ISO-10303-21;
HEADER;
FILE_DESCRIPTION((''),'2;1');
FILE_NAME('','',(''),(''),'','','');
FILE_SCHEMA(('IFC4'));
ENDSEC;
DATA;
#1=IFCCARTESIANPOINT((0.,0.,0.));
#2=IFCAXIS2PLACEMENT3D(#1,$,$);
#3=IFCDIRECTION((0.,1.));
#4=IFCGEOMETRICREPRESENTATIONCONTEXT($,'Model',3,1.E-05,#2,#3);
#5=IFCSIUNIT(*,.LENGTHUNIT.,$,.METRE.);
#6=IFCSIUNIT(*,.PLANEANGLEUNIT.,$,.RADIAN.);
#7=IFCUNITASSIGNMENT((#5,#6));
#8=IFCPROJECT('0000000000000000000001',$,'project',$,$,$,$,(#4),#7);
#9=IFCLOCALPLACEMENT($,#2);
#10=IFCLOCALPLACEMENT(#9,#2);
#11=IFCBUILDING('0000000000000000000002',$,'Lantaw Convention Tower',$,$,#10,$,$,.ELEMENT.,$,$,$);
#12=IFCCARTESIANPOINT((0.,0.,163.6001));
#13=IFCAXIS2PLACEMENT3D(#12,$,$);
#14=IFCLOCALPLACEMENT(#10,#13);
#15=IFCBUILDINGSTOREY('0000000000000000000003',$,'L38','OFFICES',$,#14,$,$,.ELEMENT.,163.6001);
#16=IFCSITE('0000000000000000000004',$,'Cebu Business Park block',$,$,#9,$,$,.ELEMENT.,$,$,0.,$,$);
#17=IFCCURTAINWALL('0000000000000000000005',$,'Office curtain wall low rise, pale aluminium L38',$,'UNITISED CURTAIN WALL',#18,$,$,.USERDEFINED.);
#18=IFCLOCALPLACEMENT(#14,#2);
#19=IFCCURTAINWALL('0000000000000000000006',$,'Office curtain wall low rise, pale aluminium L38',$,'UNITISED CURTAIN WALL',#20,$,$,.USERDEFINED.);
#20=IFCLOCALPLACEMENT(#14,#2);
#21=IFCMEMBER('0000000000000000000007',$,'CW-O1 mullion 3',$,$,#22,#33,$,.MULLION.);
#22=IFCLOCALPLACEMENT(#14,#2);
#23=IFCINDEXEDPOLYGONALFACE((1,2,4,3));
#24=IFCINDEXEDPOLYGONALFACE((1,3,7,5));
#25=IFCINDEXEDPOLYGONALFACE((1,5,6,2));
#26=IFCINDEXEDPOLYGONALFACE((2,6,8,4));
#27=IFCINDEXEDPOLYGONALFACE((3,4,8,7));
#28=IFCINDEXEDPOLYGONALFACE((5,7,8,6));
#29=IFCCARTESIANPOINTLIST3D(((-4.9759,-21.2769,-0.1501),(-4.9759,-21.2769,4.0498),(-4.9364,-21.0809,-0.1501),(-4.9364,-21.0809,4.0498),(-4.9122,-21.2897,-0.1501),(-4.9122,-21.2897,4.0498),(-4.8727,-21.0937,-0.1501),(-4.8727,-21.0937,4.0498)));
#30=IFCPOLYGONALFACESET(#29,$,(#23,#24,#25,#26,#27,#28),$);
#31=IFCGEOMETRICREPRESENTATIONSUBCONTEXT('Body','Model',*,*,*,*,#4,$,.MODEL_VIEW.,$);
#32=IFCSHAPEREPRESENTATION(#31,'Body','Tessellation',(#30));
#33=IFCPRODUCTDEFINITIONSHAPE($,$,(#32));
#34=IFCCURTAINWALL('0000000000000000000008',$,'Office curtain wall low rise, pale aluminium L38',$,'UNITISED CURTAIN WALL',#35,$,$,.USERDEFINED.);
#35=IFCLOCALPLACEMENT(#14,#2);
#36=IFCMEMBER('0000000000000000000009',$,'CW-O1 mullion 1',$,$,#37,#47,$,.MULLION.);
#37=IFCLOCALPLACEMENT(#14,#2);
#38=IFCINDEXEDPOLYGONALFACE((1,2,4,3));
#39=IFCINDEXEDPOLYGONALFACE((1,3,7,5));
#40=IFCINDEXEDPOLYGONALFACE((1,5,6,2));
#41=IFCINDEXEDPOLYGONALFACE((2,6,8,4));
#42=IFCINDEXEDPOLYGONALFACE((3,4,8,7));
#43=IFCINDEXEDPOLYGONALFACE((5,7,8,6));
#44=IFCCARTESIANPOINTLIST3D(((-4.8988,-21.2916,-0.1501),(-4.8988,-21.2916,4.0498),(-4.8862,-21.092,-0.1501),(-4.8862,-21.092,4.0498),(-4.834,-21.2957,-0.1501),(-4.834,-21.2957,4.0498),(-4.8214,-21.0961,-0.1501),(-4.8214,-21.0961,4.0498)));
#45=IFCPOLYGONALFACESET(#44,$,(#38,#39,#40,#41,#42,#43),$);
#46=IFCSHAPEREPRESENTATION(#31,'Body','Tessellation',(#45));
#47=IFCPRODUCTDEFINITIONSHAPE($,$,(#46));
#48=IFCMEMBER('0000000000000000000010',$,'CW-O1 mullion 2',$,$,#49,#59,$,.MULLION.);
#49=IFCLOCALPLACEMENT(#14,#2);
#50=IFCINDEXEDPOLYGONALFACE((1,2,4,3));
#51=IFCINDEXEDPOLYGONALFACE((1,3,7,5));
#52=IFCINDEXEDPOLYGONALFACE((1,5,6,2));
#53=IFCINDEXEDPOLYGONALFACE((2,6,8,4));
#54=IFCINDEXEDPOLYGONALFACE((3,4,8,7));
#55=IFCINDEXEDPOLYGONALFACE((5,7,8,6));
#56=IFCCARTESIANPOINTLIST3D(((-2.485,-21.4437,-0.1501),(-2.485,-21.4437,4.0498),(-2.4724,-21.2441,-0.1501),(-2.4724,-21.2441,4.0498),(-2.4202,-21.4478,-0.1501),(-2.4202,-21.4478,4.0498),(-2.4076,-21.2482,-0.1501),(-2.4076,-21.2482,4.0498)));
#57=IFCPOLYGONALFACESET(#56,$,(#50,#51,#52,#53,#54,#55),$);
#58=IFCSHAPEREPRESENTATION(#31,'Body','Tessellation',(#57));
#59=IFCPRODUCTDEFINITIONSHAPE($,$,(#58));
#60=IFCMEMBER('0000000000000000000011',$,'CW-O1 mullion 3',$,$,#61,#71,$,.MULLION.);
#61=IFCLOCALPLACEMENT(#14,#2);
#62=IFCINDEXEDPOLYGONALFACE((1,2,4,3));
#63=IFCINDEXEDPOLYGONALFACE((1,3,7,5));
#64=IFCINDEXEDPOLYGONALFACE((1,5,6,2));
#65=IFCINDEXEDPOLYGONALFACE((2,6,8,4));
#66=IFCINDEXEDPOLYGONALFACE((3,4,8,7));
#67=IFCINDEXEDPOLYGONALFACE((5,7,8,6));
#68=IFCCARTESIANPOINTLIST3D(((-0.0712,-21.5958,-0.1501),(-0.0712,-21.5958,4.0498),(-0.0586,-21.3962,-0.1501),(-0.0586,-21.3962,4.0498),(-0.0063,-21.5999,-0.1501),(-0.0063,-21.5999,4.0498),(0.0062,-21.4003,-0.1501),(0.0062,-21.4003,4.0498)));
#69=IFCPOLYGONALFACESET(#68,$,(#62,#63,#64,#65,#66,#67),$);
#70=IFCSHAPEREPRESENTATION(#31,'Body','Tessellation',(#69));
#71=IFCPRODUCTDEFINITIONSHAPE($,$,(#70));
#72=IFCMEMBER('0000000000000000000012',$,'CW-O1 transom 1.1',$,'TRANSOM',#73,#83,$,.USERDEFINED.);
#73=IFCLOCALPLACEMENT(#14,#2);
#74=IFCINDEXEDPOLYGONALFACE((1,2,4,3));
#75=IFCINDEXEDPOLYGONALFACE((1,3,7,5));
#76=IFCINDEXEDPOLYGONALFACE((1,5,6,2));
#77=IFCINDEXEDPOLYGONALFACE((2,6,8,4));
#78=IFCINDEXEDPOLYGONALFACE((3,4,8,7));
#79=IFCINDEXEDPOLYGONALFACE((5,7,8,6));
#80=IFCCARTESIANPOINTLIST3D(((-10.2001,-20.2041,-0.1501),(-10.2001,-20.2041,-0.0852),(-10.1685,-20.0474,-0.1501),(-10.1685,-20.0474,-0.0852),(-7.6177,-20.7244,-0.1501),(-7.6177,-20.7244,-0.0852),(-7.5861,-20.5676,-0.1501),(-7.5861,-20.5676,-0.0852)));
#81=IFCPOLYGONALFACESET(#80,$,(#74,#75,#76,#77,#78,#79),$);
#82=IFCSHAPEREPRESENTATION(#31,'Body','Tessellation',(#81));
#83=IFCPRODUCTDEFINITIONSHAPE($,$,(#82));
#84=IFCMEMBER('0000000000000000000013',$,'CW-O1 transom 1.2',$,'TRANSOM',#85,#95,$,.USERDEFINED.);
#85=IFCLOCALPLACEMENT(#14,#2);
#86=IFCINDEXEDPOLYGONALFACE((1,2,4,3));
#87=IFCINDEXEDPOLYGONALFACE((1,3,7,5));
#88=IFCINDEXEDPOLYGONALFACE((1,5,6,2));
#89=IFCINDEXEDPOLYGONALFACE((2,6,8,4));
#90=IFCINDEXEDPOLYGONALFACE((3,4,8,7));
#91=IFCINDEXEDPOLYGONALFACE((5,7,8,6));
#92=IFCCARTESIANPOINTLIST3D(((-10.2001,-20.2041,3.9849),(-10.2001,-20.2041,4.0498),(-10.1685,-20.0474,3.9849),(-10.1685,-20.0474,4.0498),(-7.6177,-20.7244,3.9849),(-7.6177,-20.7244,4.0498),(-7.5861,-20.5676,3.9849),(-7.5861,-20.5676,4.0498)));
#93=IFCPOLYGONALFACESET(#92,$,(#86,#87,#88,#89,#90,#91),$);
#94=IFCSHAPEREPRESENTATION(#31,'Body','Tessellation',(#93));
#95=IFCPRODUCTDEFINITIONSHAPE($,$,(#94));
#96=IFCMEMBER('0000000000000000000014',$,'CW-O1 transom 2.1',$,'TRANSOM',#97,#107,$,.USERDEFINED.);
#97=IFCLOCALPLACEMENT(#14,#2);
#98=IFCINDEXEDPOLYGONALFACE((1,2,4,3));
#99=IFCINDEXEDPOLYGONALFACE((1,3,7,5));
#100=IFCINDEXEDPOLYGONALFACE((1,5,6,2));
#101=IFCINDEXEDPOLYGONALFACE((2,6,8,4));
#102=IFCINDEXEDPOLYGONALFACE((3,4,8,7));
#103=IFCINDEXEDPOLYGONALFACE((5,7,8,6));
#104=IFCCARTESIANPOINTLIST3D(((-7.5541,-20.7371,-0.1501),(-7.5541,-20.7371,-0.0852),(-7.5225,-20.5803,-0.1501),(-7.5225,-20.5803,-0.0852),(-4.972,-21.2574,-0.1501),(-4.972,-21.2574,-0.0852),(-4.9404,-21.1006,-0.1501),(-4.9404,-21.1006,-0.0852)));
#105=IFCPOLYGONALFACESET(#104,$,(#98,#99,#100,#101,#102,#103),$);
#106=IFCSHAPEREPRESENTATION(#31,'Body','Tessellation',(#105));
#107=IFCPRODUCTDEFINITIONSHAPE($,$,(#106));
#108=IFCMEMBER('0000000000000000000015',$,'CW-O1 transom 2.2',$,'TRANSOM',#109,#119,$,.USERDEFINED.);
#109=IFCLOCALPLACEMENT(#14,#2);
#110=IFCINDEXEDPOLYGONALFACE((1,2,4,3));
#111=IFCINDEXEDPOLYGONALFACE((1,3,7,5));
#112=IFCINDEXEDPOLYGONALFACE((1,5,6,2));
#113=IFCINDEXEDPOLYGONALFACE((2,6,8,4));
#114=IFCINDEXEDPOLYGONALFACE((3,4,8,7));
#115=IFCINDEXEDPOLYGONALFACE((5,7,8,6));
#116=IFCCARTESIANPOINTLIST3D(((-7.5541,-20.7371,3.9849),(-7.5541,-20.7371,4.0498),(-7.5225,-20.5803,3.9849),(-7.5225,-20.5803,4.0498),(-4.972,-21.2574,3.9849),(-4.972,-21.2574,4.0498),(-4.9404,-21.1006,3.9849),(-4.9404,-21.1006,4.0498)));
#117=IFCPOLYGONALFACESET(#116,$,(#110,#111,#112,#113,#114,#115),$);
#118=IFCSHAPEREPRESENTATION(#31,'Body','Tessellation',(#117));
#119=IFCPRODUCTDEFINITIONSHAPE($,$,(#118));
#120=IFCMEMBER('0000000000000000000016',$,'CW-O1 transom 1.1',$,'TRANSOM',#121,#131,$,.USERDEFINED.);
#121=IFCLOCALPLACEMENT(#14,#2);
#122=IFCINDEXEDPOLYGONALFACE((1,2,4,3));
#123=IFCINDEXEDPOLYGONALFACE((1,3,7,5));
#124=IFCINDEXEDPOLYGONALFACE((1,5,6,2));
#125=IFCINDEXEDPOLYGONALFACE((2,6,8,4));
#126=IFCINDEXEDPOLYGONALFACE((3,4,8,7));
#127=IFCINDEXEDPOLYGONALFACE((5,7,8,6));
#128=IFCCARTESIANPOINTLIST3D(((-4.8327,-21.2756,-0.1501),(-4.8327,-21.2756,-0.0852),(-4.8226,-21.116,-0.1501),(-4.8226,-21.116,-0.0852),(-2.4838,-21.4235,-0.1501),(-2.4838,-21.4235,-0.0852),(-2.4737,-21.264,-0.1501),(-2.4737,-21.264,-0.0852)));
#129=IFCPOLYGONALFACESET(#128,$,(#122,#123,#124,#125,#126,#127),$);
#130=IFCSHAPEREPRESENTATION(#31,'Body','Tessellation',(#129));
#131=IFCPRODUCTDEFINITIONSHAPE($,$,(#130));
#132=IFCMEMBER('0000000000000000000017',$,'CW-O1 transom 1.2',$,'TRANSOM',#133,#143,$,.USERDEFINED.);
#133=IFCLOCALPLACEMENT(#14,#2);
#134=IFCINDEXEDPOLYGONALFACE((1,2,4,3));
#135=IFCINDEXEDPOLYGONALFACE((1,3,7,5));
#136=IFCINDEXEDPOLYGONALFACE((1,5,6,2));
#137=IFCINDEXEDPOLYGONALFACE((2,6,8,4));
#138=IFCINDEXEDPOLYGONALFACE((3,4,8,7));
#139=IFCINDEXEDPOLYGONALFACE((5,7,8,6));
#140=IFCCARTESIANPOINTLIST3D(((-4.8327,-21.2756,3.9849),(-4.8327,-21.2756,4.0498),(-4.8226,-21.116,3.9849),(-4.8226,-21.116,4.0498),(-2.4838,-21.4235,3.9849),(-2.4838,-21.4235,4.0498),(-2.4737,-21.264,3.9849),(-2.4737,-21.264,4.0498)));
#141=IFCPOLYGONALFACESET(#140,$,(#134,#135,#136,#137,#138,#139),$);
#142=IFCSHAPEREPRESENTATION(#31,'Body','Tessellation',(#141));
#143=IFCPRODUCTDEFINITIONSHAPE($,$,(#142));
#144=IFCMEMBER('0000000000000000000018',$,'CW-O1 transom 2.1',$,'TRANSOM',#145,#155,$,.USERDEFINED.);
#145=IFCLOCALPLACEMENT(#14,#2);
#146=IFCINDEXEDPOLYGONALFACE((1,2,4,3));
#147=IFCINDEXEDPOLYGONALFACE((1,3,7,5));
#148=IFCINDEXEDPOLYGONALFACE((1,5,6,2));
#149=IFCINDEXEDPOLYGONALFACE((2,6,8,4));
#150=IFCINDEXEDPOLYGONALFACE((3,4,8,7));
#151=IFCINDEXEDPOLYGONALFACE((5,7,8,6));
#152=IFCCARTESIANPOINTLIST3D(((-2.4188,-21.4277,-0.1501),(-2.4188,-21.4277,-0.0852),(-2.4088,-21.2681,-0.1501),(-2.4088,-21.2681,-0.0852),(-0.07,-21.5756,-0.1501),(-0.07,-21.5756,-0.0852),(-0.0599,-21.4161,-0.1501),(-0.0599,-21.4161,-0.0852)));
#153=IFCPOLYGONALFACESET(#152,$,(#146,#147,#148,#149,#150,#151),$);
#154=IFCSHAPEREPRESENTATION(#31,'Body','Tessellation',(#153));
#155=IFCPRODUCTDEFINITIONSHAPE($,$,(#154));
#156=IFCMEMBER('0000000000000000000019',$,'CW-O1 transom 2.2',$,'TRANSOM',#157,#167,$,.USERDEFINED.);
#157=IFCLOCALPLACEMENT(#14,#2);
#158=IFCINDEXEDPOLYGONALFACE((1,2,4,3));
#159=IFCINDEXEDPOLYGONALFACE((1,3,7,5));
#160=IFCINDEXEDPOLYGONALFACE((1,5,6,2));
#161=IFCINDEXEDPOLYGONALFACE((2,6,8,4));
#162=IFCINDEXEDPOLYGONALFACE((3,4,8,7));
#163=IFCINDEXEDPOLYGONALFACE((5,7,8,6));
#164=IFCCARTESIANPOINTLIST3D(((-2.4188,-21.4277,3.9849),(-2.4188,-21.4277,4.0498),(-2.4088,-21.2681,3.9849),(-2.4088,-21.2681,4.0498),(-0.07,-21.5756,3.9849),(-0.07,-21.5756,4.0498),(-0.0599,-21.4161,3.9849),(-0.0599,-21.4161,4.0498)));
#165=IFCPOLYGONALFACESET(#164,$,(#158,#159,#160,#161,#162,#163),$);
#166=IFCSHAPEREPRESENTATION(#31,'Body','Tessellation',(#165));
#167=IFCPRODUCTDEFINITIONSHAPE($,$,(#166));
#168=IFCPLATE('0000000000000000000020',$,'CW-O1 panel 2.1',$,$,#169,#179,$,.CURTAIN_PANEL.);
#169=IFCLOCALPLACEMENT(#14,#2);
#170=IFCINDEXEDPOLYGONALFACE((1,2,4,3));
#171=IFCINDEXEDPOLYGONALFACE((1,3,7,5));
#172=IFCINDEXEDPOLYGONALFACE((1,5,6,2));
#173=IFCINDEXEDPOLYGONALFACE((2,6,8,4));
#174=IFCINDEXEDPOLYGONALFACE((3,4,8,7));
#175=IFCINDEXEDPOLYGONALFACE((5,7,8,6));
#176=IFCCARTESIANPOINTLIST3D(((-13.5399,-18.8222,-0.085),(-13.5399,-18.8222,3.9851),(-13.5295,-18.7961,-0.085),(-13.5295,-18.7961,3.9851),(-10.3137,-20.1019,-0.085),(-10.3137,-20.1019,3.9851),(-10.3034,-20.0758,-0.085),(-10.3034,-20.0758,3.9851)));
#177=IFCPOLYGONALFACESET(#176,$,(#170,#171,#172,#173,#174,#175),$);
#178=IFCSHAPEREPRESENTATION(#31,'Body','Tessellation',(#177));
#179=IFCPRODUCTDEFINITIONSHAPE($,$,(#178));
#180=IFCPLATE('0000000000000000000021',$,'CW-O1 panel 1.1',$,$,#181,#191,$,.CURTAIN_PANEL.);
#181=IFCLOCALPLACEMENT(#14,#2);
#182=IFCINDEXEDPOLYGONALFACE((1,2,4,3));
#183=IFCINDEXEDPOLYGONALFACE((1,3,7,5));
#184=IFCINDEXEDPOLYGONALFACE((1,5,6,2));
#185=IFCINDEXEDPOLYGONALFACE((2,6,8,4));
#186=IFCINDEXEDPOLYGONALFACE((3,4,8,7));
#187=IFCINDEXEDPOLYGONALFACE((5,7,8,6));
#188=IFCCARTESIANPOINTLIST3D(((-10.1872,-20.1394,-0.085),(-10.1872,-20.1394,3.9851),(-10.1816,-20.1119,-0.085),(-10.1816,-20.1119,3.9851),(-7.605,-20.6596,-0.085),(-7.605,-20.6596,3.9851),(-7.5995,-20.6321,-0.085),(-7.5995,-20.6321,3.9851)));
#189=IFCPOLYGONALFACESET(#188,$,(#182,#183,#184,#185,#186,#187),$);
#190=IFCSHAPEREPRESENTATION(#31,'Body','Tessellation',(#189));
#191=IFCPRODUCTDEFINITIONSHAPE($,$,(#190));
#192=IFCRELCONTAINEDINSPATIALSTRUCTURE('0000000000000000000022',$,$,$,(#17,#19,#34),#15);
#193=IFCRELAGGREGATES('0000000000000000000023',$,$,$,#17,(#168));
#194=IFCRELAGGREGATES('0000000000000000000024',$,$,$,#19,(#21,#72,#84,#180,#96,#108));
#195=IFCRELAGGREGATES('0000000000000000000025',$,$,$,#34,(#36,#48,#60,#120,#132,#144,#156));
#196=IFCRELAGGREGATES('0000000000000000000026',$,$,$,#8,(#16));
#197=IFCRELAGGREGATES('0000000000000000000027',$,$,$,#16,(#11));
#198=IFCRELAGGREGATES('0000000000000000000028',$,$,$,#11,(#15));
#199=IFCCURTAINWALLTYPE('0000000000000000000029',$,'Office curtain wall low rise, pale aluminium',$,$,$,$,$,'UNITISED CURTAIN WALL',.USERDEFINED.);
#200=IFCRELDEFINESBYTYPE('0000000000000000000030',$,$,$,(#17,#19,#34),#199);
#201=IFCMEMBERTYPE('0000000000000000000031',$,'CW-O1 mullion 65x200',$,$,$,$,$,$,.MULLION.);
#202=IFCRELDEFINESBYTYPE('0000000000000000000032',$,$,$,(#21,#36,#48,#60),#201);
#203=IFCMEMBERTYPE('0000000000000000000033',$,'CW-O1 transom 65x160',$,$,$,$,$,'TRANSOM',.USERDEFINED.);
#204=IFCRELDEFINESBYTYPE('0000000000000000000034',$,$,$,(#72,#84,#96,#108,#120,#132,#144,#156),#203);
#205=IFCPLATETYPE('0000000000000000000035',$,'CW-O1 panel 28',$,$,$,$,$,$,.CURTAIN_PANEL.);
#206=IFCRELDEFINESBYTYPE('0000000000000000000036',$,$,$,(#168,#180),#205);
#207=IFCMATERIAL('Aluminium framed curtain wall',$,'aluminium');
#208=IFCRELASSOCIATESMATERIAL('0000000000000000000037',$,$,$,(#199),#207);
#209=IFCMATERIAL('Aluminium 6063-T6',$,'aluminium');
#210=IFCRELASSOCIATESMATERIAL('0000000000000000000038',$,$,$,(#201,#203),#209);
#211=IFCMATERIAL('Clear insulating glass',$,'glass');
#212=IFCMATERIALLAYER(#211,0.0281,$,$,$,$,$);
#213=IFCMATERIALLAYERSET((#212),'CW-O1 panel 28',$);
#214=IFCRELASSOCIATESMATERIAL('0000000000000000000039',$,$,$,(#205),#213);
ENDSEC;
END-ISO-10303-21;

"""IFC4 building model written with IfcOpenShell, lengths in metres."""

from ifc_helpers import new_model, si_unit, direction, frame, origin, origin_2d, place, context, subcontext, project, spatial, rectangle, extrude, material, layer, layer_set, material_profile, profile_set, type_object, element, aggregate, save


model = new_model("IFC4")

# Units and contexts
model_context = context("Model", 3, precision=1e-05, world=origin(), true_north=direction((0.0, 1.0)))
body_context = subcontext(model_context, "Body", "Model", "MODEL_VIEW")
ifc_project = project(units=[si_unit("LENGTHUNIT", "METRE"), si_unit("PLANEANGLEUNIT", "RADIAN")], contexts=[model_context])

# Site, building, storey
site_placement = place(None, origin())
site = spatial("IfcSite", under=ifc_project, at=site_placement, Name="Cebu Business Park block", CompositionType="ELEMENT", RefElevation=0.0)
building_placement = place(site_placement, origin())
building = spatial("IfcBuilding", under=site, at=building_placement, Name="Lantaw Convention Tower", CompositionType="ELEMENT")
storey_placement = place(building_placement, frame((0.0, 0.0, 163.6001)))
storey = spatial("IfcBuildingStorey", under=building, at=storey_placement, Name="L38", Description="OFFICES", CompositionType="ELEMENT", Elevation=163.6001)

# Curtain wall
ifc_material_1 = material(Name="Aluminium framed curtain wall", Category="aluminium")
curtain_wall_type = type_object("IfcCurtainWallType", Name="Office curtain wall low rise, pale aluminium", ElementType="UNITISED CURTAIN WALL", PredefinedType="USERDEFINED", material=ifc_material_1)
curtain_wall_1_placement = place(storey_placement, origin())
curtain_wall_1 = element("IfcCurtainWall", 1, at=curtain_wall_1_placement, inside=storey, type_object=curtain_wall_type, Name="Office curtain wall low rise, pale aluminium L38", ObjectType="UNITISED CURTAIN WALL", PredefinedType="USERDEFINED")
ifc_material_2 = material(Name="Aluminium 6063-T6", Category="aluminium")
ifc_material_profile_1 = material_profile(ifc_material_2, rectangle(XDim=0.2, YDim=0.0649, at=origin_2d()), Name="CW-O1 mullion 65x200")
ifc_profile_set_1 = profile_set([ifc_material_profile_1], Name="Aluminium 6063-T6")
member_type_1 = type_object("IfcMemberType", Name="CW-O1 mullion 65x200", PredefinedType="MULLION", material=ifc_profile_set_1)

# Curtain walls, members
curtain_wall_2_placement = place(storey_placement, origin())
curtain_wall_2 = element("IfcCurtainWall", 2, at=curtain_wall_2_placement, inside=storey, type_object=curtain_wall_type, Name="Office curtain wall low rise, pale aluminium L38", ObjectType="UNITISED CURTAIN WALL", PredefinedType="USERDEFINED")
member_1_placement = place(storey_placement, frame((-4.9243, -21.1853, -0.1501), z_axis=(0.0, 0.0, 1.0), x_axis=(0.197507, 0.980302, 0.0)))
member_1 = element("IfcMember", 3, at=member_1_placement, type_object=member_type_1, Name="CW-O1 mullion 3", PredefinedType="MULLION", context=body_context, shape_type="SweptSolid", body=[
    extrude(rectangle(XDim=0.2, YDim=0.0649, at=origin_2d()), origin(), (0.0, 0.0, 1.0), 4.2),
])
curtain_wall_3_placement = place(storey_placement, origin())
curtain_wall_3 = element("IfcCurtainWall", 4, at=curtain_wall_3_placement, inside=storey, type_object=curtain_wall_type, Name="Office curtain wall low rise, pale aluminium L38", ObjectType="UNITISED CURTAIN WALL", PredefinedType="USERDEFINED")
member_2_placement = place(storey_placement, frame((-4.8601, -21.1938, -0.1501), z_axis=(0.0, 0.0, 1.0), x_axis=(0.062865, 0.998022, 0.0)))
member_2 = element("IfcMember", 5, at=member_2_placement, type_object=member_type_1, Name="CW-O1 mullion 1", PredefinedType="MULLION", context=body_context, shape_type="SweptSolid", body=[
    extrude(rectangle(XDim=0.2, YDim=0.0649, at=origin_2d()), origin(), (0.0, 0.0, 1.0), 4.2),
])
member_3_placement = place(storey_placement, frame((-2.4463, -21.3459, -0.1501), z_axis=(0.0, 0.0, 1.0), x_axis=(0.062865, 0.998022, 0.0)))
member_3 = element("IfcMember", 6, at=member_3_placement, type_object=member_type_1, Name="CW-O1 mullion 2", PredefinedType="MULLION", context=body_context, shape_type="SweptSolid", body=[
    extrude(rectangle(XDim=0.2, YDim=0.0649, at=origin_2d()), origin(), (0.0, 0.0, 1.0), 4.2),
])
member_4_placement = place(storey_placement, frame((-0.0325, -21.498, -0.1501), z_axis=(0.0, 0.0, 1.0), x_axis=(0.062865, 0.998022, 0.0)))
member_4 = element("IfcMember", 7, at=member_4_placement, type_object=member_type_1, Name="CW-O1 mullion 3", PredefinedType="MULLION", context=body_context, shape_type="SweptSolid", body=[
    extrude(rectangle(XDim=0.2, YDim=0.0649, at=origin_2d()), origin(), (0.0, 0.0, 1.0), 4.2),
])

# Members
ifc_material_profile_2 = material_profile(ifc_material_2, rectangle(XDim=0.1599, YDim=0.0649, at=origin_2d()), Name="CW-O1 transom 65x160")
ifc_profile_set_2 = profile_set([ifc_material_profile_2], Name="Aluminium 6063-T6")
member_type_2 = type_object("IfcMemberType", Name="CW-O1 transom 65x160", ElementType="TRANSOM", PredefinedType="USERDEFINED", material=ifc_profile_set_2)
member_5_placement = place(storey_placement, frame((-10.1843, -20.1257, -0.1177), z_axis=(0.980302, -0.197506, 0.0), x_axis=(0.197506, 0.980302, 0.0)))
member_5 = element("IfcMember", 8, at=member_5_placement, type_object=member_type_2, Name="CW-O1 transom 1.1", ObjectType="TRANSOM", PredefinedType="USERDEFINED", context=body_context, shape_type="SweptSolid", body=[
    extrude(rectangle(XDim=0.1599, YDim=0.0649, at=origin_2d()), origin(), (0.0, 0.0, 1.0), 2.6343),
])
member_6_placement = place(storey_placement, frame((-10.1843, -20.1257, 4.0173), z_axis=(0.980302, -0.197506, 0.0), x_axis=(0.197506, 0.980302, 0.0)))
member_6 = element("IfcMember", 9, at=member_6_placement, type_object=member_type_2, Name="CW-O1 transom 1.2", ObjectType="TRANSOM", PredefinedType="USERDEFINED", context=body_context, shape_type="SweptSolid", body=[
    extrude(rectangle(XDim=0.1599, YDim=0.0649, at=origin_2d()), origin(), (0.0, 0.0, 1.0), 2.6343),
])
member_7_placement = place(storey_placement, frame((-7.5383, -20.6587, -0.1177), z_axis=(0.980298, -0.197524, 0.0), x_axis=(0.197524, 0.980298, 0.0)))
member_7 = element("IfcMember", 10, at=member_7_placement, type_object=member_type_2, Name="CW-O1 transom 2.1", ObjectType="TRANSOM", PredefinedType="USERDEFINED", context=body_context, shape_type="SweptSolid", body=[
    extrude(rectangle(XDim=0.1599, YDim=0.0649, at=origin_2d()), origin(), (0.0, 0.0, 1.0), 2.634),
])
member_8_placement = place(storey_placement, frame((-7.5383, -20.6587, 4.0173), z_axis=(0.980298, -0.197524, 0.0), x_axis=(0.197524, 0.980298, 0.0)))
member_8 = element("IfcMember", 11, at=member_8_placement, type_object=member_type_2, Name="CW-O1 transom 2.2", ObjectType="TRANSOM", PredefinedType="USERDEFINED", context=body_context, shape_type="SweptSolid", body=[
    extrude(rectangle(XDim=0.1599, YDim=0.0649, at=origin_2d()), origin(), (0.0, 0.0, 1.0), 2.634),
])
member_9_placement = place(storey_placement, frame((-4.8276, -21.1958, -0.1177), z_axis=(0.998022, -0.062863, 0.0), x_axis=(0.062863, 0.998022, 0.0)))
member_9 = element("IfcMember", 12, at=member_9_placement, type_object=member_type_2, Name="CW-O1 transom 1.1", ObjectType="TRANSOM", PredefinedType="USERDEFINED", context=body_context, shape_type="SweptSolid", body=[
    extrude(rectangle(XDim=0.1599, YDim=0.0649, at=origin_2d()), origin(), (0.0, 0.0, 1.0), 2.3535),
])
member_10_placement = place(storey_placement, frame((-4.8276, -21.1958, 4.0173), z_axis=(0.998022, -0.062863, 0.0), x_axis=(0.062863, 0.998022, 0.0)))
member_10 = element("IfcMember", 13, at=member_10_placement, type_object=member_type_2, Name="CW-O1 transom 1.2", ObjectType="TRANSOM", PredefinedType="USERDEFINED", context=body_context, shape_type="SweptSolid", body=[
    extrude(rectangle(XDim=0.1599, YDim=0.0649, at=origin_2d()), origin(), (0.0, 0.0, 1.0), 2.3535),
])
member_11_placement = place(storey_placement, frame((-2.4138, -21.3479, -0.1177), z_axis=(0.998022, -0.062863, 0.0), x_axis=(0.062863, 0.998022, 0.0)))
member_11 = element("IfcMember", 14, at=member_11_placement, type_object=member_type_2, Name="CW-O1 transom 2.1", ObjectType="TRANSOM", PredefinedType="USERDEFINED", context=body_context, shape_type="SweptSolid", body=[
    extrude(rectangle(XDim=0.1599, YDim=0.0649, at=origin_2d()), origin(), (0.0, 0.0, 1.0), 2.3535),
])
member_12_placement = place(storey_placement, frame((-2.4138, -21.3479, 4.0173), z_axis=(0.998022, -0.062863, 0.0), x_axis=(0.062863, 0.998022, 0.0)))
member_12 = element("IfcMember", 15, at=member_12_placement, type_object=member_type_2, Name="CW-O1 transom 2.2", ObjectType="TRANSOM", PredefinedType="USERDEFINED", context=body_context, shape_type="SweptSolid", body=[
    extrude(rectangle(XDim=0.1599, YDim=0.0649, at=origin_2d()), origin(), (0.0, 0.0, 1.0), 2.3535),
])

# Plates
ifc_material_3 = material(Name="Clear insulating glass", Category="glass")
ifc_layer_1 = layer(ifc_material_3, 0.0281)
ifc_layer_set_1 = layer_set([ifc_layer_1], Name="CW-O1 panel 28")
plate_type_1 = type_object("IfcPlateType", Name="CW-O1 panel 28", PredefinedType="CURTAIN_PANEL", material=ifc_layer_set_1)
plate_1_placement = place(storey_placement, frame((-11.9216, -19.449, -0.085), z_axis=(0.0, 0.0, 1.0), x_axis=(0.929548, -0.368702, 0.0)))
plate_1 = element("IfcPlate", 16, at=plate_1_placement, type_object=plate_type_1, Name="CW-O1 panel 2.1", PredefinedType="CURTAIN_PANEL", context=body_context, shape_type="SweptSolid", body=[
    extrude(rectangle(XDim=3.4707, YDim=0.0281, at=origin_2d()), origin(), (0.0, 0.0, 1.0), 4.0701),
])
aggregate(curtain_wall_1, [plate_1])
plate_2_placement = place(storey_placement, frame((-8.8933, -20.3857, -0.085), z_axis=(0.0, 0.0, 1.0), x_axis=(0.980302, -0.197507, 0.0)))
plate_2 = element("IfcPlate", 17, at=plate_2_placement, type_object=plate_type_1, Name="CW-O1 panel 1.1", PredefinedType="CURTAIN_PANEL", context=body_context, shape_type="SweptSolid", body=[
    extrude(rectangle(XDim=2.634, YDim=0.0281, at=origin_2d()), origin(), (0.0, 0.0, 1.0), 4.0701),
])
aggregate(curtain_wall_2, [member_1, member_5, member_6, plate_2, member_7, member_8])
aggregate(curtain_wall_3, [member_2, member_3, member_4, member_9, member_10, member_11, member_12])

save(model, "model.ifc")
